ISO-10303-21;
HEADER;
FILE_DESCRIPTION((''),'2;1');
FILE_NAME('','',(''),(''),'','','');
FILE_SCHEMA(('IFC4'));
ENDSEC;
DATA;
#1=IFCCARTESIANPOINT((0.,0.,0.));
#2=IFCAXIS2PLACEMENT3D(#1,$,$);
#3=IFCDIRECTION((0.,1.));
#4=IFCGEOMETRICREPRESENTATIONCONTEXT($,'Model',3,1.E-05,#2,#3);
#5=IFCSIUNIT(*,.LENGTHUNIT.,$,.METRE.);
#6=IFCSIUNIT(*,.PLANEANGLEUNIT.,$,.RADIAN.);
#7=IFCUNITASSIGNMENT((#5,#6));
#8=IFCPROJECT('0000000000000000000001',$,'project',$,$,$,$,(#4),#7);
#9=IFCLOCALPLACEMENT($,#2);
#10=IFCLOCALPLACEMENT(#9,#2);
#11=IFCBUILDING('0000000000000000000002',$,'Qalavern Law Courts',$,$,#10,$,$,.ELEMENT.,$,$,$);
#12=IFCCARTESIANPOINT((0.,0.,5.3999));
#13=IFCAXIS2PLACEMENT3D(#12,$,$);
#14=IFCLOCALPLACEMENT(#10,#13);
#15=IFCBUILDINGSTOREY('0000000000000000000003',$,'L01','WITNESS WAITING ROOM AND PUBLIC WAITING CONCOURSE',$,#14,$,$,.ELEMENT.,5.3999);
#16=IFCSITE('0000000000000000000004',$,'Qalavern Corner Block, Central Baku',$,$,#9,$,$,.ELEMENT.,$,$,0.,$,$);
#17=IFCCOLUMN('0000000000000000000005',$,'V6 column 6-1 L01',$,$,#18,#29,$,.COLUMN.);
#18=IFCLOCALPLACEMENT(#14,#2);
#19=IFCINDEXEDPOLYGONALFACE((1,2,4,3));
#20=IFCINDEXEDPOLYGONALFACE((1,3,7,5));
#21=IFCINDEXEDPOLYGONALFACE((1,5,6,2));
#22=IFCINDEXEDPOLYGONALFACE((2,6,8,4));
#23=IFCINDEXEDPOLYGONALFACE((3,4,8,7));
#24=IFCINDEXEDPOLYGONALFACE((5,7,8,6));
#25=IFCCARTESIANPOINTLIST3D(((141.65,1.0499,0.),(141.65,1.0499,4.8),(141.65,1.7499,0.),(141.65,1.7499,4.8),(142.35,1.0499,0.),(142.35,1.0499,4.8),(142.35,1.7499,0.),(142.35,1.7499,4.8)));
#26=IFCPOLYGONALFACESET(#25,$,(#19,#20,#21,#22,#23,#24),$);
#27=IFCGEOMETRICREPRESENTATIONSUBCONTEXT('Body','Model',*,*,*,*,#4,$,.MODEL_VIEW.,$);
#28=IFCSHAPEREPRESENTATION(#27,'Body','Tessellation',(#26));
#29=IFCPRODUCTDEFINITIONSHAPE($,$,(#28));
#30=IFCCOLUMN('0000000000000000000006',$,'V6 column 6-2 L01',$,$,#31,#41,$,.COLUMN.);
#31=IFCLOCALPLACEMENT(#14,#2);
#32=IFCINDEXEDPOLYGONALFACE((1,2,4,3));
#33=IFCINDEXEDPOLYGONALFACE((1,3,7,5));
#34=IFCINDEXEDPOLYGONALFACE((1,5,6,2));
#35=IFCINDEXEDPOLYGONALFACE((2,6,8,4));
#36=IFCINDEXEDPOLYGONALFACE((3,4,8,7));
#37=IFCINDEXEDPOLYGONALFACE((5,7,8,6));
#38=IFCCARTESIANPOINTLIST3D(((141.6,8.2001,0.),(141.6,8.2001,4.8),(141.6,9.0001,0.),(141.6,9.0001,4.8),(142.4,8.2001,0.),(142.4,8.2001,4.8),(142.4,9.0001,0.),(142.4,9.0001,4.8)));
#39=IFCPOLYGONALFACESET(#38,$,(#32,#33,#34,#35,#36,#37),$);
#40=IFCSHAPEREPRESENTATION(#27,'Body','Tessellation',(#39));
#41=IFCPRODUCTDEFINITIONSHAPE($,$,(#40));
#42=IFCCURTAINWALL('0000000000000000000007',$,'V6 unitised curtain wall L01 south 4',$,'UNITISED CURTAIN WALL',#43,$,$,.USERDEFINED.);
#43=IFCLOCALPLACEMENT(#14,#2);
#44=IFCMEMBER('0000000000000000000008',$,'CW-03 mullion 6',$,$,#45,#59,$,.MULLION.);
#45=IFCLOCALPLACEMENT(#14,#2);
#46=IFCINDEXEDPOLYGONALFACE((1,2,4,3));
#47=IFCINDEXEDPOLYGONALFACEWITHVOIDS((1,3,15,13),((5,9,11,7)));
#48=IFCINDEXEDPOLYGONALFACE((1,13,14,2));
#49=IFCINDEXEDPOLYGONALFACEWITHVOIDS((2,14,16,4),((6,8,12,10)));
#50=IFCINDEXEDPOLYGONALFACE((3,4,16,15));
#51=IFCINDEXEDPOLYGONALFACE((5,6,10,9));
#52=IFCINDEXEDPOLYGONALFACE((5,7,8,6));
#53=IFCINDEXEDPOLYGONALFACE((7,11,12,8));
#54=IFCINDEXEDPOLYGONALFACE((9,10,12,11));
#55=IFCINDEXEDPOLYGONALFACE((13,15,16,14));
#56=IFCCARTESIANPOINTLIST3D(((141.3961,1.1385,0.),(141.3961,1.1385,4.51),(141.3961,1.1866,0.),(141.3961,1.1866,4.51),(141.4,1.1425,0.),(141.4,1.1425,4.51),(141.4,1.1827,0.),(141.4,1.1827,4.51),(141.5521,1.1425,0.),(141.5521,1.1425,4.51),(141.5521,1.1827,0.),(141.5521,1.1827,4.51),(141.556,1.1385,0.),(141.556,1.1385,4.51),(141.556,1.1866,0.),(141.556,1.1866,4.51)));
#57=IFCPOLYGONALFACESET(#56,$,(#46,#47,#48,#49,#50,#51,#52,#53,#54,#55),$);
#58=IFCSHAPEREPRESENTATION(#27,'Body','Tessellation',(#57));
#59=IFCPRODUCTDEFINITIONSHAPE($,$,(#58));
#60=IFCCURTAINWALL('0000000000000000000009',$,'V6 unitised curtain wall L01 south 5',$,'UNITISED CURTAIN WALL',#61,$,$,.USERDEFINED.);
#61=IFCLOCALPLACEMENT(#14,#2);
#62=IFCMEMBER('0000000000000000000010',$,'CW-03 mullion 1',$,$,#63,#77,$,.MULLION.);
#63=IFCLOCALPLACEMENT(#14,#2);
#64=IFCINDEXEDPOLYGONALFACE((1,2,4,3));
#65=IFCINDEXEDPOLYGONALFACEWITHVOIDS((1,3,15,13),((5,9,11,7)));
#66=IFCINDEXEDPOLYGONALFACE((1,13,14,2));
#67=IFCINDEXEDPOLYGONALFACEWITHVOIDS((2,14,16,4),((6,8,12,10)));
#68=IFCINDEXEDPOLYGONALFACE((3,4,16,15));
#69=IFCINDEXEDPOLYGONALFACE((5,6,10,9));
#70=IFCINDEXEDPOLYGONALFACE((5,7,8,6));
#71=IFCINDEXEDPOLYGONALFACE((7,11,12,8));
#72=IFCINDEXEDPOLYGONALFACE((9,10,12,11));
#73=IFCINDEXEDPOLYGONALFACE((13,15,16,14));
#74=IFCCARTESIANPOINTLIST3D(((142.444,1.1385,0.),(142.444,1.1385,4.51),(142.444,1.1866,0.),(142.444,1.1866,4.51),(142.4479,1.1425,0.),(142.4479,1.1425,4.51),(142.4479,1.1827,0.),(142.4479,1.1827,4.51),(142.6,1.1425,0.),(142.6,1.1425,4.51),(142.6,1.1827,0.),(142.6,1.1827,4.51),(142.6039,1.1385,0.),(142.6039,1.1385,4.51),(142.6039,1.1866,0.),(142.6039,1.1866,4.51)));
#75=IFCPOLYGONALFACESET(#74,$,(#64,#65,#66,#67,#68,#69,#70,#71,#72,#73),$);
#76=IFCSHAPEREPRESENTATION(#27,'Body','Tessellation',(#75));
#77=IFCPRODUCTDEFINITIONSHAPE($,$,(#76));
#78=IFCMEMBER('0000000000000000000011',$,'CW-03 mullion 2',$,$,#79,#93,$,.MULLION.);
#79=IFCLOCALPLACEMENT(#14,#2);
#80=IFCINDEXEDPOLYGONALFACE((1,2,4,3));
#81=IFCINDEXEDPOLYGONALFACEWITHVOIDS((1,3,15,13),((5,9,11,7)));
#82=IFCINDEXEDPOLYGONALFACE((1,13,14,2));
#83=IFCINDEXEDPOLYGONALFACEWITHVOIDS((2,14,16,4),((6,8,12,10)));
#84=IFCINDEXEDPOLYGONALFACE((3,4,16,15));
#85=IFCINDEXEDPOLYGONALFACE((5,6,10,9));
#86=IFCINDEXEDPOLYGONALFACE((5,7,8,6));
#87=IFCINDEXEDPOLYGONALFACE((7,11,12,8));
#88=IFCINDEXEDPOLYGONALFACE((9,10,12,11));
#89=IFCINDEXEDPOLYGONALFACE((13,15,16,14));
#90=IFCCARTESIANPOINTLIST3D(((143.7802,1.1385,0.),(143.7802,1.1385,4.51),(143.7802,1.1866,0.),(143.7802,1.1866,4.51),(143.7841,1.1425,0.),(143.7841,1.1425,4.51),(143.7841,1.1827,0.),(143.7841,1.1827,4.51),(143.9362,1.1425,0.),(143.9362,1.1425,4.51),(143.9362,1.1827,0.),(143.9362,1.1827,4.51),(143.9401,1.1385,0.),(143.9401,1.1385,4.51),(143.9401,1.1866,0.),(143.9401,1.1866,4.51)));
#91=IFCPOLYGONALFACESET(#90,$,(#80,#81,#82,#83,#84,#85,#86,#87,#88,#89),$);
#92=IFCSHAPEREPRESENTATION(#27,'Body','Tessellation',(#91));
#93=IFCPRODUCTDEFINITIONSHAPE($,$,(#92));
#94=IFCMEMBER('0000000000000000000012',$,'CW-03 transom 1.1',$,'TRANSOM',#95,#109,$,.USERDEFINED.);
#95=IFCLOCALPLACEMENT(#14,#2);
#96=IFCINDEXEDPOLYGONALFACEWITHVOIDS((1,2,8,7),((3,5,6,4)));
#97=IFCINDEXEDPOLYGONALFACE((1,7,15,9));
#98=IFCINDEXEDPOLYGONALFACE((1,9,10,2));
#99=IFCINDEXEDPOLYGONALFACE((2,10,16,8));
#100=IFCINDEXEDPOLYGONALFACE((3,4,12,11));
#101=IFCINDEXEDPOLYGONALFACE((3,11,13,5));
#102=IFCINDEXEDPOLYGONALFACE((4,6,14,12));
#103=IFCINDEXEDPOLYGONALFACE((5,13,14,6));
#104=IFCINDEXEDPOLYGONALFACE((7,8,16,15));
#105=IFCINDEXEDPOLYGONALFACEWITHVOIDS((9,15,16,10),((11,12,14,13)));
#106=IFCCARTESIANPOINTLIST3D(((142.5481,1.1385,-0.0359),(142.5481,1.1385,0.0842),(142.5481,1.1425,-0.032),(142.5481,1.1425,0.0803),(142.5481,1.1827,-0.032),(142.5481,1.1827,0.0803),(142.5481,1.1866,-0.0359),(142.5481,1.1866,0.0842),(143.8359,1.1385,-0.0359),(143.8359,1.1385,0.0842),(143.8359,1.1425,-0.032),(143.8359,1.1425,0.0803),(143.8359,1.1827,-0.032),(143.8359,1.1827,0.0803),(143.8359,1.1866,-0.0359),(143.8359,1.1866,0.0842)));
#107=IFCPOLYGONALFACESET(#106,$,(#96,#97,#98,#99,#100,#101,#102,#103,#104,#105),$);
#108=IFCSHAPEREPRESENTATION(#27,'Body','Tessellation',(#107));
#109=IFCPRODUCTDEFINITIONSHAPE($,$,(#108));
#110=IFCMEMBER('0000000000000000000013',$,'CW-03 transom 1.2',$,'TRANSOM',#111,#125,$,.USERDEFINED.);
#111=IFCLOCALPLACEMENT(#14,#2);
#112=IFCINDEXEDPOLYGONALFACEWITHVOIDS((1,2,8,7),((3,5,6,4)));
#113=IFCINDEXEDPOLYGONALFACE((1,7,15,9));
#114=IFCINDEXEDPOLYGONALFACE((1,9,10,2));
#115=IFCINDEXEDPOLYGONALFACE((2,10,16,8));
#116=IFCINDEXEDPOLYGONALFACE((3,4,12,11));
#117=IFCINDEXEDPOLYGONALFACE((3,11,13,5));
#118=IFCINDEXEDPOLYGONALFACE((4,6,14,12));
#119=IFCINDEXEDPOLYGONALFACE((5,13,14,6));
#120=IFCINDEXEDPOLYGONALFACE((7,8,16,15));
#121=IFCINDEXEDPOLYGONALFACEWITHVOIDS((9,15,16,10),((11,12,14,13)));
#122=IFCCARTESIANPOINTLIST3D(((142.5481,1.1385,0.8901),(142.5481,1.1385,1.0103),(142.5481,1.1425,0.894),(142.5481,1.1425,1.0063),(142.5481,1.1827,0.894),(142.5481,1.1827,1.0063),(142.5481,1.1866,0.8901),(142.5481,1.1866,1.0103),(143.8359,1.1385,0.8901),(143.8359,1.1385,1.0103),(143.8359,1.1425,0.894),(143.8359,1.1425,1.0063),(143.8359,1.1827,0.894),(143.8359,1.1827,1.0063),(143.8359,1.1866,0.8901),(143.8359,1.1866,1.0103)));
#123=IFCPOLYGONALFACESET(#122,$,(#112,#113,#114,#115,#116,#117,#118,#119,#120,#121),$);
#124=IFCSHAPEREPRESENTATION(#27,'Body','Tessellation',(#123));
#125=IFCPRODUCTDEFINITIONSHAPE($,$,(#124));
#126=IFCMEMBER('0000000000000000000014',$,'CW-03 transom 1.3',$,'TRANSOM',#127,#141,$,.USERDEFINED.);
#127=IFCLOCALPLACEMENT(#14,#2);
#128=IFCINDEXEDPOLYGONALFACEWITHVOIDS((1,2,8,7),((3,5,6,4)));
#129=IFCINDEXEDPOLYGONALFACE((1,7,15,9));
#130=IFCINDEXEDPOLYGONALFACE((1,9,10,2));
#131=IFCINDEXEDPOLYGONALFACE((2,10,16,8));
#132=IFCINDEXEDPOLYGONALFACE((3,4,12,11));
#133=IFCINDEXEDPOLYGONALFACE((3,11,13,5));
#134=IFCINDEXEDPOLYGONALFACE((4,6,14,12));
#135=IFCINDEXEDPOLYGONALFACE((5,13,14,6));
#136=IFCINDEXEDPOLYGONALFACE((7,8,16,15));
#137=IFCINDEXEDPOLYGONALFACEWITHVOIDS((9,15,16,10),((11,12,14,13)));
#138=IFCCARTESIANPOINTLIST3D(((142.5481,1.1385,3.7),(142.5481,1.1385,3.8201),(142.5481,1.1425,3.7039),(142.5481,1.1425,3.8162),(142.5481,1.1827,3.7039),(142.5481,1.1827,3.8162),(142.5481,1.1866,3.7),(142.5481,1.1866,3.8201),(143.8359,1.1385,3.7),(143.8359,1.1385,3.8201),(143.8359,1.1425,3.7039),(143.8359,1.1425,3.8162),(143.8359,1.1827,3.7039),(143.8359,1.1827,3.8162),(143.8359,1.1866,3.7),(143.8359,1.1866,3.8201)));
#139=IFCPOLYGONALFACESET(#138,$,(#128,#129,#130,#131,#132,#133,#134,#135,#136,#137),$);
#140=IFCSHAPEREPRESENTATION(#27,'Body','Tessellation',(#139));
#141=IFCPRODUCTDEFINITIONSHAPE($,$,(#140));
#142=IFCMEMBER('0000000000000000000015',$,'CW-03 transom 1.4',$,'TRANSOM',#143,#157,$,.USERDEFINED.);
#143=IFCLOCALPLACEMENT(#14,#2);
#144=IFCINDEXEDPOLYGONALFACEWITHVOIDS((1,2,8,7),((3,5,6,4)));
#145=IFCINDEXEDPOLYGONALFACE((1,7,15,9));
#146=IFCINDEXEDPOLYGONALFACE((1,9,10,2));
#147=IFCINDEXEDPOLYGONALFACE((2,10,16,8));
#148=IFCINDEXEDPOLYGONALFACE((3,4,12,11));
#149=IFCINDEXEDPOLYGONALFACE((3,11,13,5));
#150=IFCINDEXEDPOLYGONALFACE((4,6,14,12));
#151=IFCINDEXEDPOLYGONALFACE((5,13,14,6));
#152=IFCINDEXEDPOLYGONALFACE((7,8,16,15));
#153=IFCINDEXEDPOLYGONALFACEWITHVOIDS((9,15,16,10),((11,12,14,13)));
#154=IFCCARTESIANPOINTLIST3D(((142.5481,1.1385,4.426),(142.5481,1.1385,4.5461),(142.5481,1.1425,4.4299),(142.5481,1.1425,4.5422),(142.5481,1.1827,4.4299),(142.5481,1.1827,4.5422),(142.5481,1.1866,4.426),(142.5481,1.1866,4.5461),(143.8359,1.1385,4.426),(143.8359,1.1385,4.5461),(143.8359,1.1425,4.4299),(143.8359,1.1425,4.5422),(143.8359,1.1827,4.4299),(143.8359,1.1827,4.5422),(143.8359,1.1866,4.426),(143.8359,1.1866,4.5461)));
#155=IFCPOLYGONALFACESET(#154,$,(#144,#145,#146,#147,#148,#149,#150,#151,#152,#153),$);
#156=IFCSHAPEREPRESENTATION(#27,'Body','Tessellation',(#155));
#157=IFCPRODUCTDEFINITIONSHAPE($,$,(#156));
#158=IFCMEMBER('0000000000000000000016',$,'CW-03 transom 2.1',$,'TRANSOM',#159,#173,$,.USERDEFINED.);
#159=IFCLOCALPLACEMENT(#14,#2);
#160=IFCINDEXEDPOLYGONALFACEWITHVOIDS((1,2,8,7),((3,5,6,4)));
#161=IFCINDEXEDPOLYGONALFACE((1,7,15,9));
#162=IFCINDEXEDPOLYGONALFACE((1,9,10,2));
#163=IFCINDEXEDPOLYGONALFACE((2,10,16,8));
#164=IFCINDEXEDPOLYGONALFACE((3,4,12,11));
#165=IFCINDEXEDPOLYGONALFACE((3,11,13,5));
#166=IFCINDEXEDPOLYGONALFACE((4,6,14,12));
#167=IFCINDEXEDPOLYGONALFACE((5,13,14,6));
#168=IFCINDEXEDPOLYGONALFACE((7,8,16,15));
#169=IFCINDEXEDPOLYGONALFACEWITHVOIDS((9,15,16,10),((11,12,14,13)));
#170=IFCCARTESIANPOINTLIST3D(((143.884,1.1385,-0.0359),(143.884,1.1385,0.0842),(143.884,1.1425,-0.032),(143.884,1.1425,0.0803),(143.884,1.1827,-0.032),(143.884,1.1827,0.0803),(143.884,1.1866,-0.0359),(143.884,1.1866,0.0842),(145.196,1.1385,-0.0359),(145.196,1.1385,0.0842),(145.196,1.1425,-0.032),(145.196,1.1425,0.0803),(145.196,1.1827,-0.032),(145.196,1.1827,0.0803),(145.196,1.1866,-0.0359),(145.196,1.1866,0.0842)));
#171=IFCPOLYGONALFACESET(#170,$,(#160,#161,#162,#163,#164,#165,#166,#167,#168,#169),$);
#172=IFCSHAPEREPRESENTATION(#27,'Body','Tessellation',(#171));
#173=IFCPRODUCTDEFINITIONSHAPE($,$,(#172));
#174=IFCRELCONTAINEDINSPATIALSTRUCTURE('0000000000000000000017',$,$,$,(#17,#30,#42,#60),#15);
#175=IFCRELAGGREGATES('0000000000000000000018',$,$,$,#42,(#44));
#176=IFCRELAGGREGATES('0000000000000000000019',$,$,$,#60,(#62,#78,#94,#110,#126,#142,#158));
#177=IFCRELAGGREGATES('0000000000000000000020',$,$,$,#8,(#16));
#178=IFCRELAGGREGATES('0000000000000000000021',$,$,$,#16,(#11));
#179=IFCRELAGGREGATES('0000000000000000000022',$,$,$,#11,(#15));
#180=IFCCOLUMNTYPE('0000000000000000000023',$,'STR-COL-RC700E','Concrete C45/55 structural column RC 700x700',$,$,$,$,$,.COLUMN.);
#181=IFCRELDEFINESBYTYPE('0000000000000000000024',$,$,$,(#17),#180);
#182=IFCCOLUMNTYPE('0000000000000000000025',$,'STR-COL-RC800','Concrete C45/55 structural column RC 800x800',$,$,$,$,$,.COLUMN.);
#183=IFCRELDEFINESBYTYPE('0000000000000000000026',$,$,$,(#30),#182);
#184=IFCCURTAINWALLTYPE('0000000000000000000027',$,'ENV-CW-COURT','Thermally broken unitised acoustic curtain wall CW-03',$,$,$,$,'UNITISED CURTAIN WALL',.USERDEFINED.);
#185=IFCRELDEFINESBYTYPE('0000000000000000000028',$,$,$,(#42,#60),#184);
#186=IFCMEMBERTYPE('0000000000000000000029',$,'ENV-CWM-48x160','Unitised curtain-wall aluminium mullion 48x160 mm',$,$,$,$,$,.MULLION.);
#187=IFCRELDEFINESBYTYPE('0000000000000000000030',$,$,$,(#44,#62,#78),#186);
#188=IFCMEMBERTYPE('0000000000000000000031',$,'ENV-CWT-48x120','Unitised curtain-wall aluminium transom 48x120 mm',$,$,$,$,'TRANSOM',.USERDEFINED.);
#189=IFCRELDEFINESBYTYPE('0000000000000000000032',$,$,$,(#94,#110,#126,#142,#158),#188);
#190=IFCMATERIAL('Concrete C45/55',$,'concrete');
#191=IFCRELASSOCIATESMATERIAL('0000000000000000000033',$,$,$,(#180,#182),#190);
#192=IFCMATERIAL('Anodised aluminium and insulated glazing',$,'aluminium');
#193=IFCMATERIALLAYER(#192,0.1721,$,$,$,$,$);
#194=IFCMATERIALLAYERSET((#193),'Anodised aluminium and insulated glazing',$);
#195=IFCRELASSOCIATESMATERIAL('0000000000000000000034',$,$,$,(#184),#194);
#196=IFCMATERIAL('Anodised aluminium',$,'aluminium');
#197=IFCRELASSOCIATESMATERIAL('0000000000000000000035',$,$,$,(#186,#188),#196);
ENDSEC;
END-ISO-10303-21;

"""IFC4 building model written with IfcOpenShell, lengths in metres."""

from ifc_helpers import new_model, si_unit, direction, frame, origin, origin_2d, place, context, subcontext, project, spatial, rectangle, hollow_rectangle, extrude, material, layer, layer_set, material_profile, profile_set, type_object, element, aggregate, save


model = new_model("IFC4")

# Units and contexts
model_context = context("Model", 3, precision=1e-05, world=origin(), true_north=direction((0.0, 1.0)))
body_context = subcontext(model_context, "Body", "Model", "MODEL_VIEW")
ifc_project = project(units=[si_unit("LENGTHUNIT", "METRE"), si_unit("PLANEANGLEUNIT", "RADIAN")], contexts=[model_context])

# Site, building, storey
site_placement = place(None, origin())
site = spatial("IfcSite", under=ifc_project, at=site_placement, Name="Qalavern Corner Block, Central Baku", CompositionType="ELEMENT", RefElevation=0.0)
building_placement = place(site_placement, origin())
building = spatial("IfcBuilding", under=site, at=building_placement, Name="Qalavern Law Courts", CompositionType="ELEMENT")
storey_placement = place(building_placement, frame((0.0, 0.0, 5.3999)))
storey = spatial("IfcBuildingStorey", under=building, at=storey_placement, Name="L01", Description="WITNESS WAITING ROOM AND PUBLIC WAITING CONCOURSE", CompositionType="ELEMENT", Elevation=5.3999)

# Columns
ifc_material_1 = material(Name="Concrete C45/55", Category="concrete")
ifc_material_profile_1 = material_profile(ifc_material_1, rectangle(XDim=0.7, YDim=0.7, at=origin_2d()), Name="RC 700x700")
ifc_profile_set_1 = profile_set([ifc_material_profile_1], Name="Concrete C45/55")
column_type_1 = type_object("IfcColumnType", Name="STR-COL-RC700E", Description="Concrete C45/55 structural column RC 700x700", PredefinedType="COLUMN", material=ifc_profile_set_1)
column_1_placement = place(storey_placement, frame((142.0, 1.3999, 0.0), z_axis=(0.0, 0.0, 1.0), x_axis=(1.0, 0.0, 0.0)))
element("IfcColumn", 1, at=column_1_placement, inside=storey, type_object=column_type_1, Name="V6 column 6-1 L01", PredefinedType="COLUMN", context=body_context, shape_type="SweptSolid", body=[
    extrude(rectangle(XDim=0.7, YDim=0.7, at=origin_2d()), origin(), (0.0, 0.0, 1.0), 4.8),
])
ifc_material_profile_2 = material_profile(ifc_material_1, rectangle(XDim=0.8, YDim=0.8, at=origin_2d()), Name="RC 800x800")
ifc_profile_set_2 = profile_set([ifc_material_profile_2], Name="Concrete C45/55")
column_type_2 = type_object("IfcColumnType", Name="STR-COL-RC800", Description="Concrete C45/55 structural column RC 800x800", PredefinedType="COLUMN", material=ifc_profile_set_2)
column_2_placement = place(storey_placement, frame((142.0, 8.6001, 0.0), z_axis=(0.0, 0.0, 1.0), x_axis=(1.0, 0.0, 0.0)))
element("IfcColumn", 2, at=column_2_placement, inside=storey, type_object=column_type_2, Name="V6 column 6-2 L01", PredefinedType="COLUMN", context=body_context, shape_type="SweptSolid", body=[
    extrude(rectangle(XDim=0.8, YDim=0.8, at=origin_2d()), origin(), (0.0, 0.0, 1.0), 4.8),
])

# Curtain wall, member
ifc_material_2 = material(Name="Anodised aluminium and insulated glazing", Category="aluminium")
ifc_layer_1 = layer(ifc_material_2, 0.1721)
ifc_layer_set_1 = layer_set([ifc_layer_1], Name="Anodised aluminium and insulated glazing")
curtain_wall_type = type_object("IfcCurtainWallType", Name="ENV-CW-COURT", Description="Thermally broken unitised acoustic curtain wall CW-03", ElementType="UNITISED CURTAIN WALL", PredefinedType="USERDEFINED", material=ifc_layer_set_1)
curtain_wall_1_placement = place(storey_placement, origin())
curtain_wall_1 = element("IfcCurtainWall", 3, at=curtain_wall_1_placement, inside=storey, type_object=curtain_wall_type, Name="V6 unitised curtain wall L01 south 4", ObjectType="UNITISED CURTAIN WALL", PredefinedType="USERDEFINED")
ifc_material_3 = material(Name="Anodised aluminium", Category="aluminium")
ifc_material_profile_3 = material_profile(ifc_material_3, hollow_rectangle(XDim=0.0481, YDim=0.1599, WallThickness=0.0039, at=origin_2d()), Name="ALU MULLION 48x160")
ifc_profile_set_3 = profile_set([ifc_material_profile_3], Name="Anodised aluminium")
member_type_1 = type_object("IfcMemberType", Name="ENV-CWM-48x160", Description="Unitised curtain-wall aluminium mullion 48x160 mm", PredefinedType="MULLION", material=ifc_profile_set_3)
member_1_placement = place(storey_placement, frame((141.4761, 1.1626, 0.0), z_axis=(0.0, 0.0, 1.0), x_axis=(0.0, 1.0, 0.0)))
member_1 = element("IfcMember", 4, at=member_1_placement, type_object=member_type_1, Name="CW-03 mullion 6", PredefinedType="MULLION", context=body_context, shape_type="SweptSolid", body=[
    extrude(hollow_rectangle(XDim=0.0481, YDim=0.1599, WallThickness=0.0039, at=origin_2d()), origin(), (0.0, 0.0, 1.0), 4.51),
])

# Curtain wall, members
curtain_wall_2_placement = place(storey_placement, origin())
curtain_wall_2 = element("IfcCurtainWall", 5, at=curtain_wall_2_placement, inside=storey, type_object=curtain_wall_type, Name="V6 unitised curtain wall L01 south 5", ObjectType="UNITISED CURTAIN WALL", PredefinedType="USERDEFINED")
member_2_placement = place(storey_placement, frame((142.5239, 1.1626, 0.0), z_axis=(0.0, 0.0, 1.0), x_axis=(0.0, 1.0, 0.0)))
member_2 = element("IfcMember", 6, at=member_2_placement, type_object=member_type_1, Name="CW-03 mullion 1", PredefinedType="MULLION", context=body_context, shape_type="SweptSolid", body=[
    extrude(hollow_rectangle(XDim=0.0481, YDim=0.1599, WallThickness=0.0039, at=origin_2d()), origin(), (0.0, 0.0, 1.0), 4.51),
])
member_3_placement = place(storey_placement, frame((143.8601, 1.1626, 0.0), z_axis=(0.0, 0.0, 1.0), x_axis=(0.0, 1.0, 0.0)))
member_3 = element("IfcMember", 7, at=member_3_placement, type_object=member_type_1, Name="CW-03 mullion 2", PredefinedType="MULLION", context=body_context, shape_type="SweptSolid", body=[
    extrude(hollow_rectangle(XDim=0.0481, YDim=0.1599, WallThickness=0.0039, at=origin_2d()), origin(), (0.0, 0.0, 1.0), 4.51),
])
ifc_material_profile_4 = material_profile(ifc_material_3, hollow_rectangle(XDim=0.0481, YDim=0.1201, WallThickness=0.0039, at=origin_2d()), Name="ALU TRANSOM 48x120")
ifc_profile_set_4 = profile_set([ifc_material_profile_4], Name="Anodised aluminium")
member_type_2 = type_object("IfcMemberType", Name="ENV-CWT-48x120", Description="Unitised curtain-wall aluminium transom 48x120 mm", ElementType="TRANSOM", PredefinedType="USERDEFINED", material=ifc_profile_set_4)
member_4_placement = place(storey_placement, frame((142.5481, 1.1626, 0.0242), z_axis=(1.0, 0.0, 0.0), x_axis=(0.0, 1.0, 0.0)))
member_4 = element("IfcMember", 8, at=member_4_placement, type_object=member_type_2, Name="CW-03 transom 1.1", ObjectType="TRANSOM", PredefinedType="USERDEFINED", context=body_context, shape_type="SweptSolid", body=[
    extrude(hollow_rectangle(XDim=0.0481, YDim=0.1201, WallThickness=0.0039, at=origin_2d()), origin(), (0.0, 0.0, 1.0), 1.2878),
])
member_5_placement = place(storey_placement, frame((142.5481, 1.1626, 0.9502), z_axis=(1.0, 0.0, 0.0), x_axis=(0.0, 1.0, 0.0)))
member_5 = element("IfcMember", 9, at=member_5_placement, type_object=member_type_2, Name="CW-03 transom 1.2", ObjectType="TRANSOM", PredefinedType="USERDEFINED", context=body_context, shape_type="SweptSolid", body=[
    extrude(hollow_rectangle(XDim=0.0481, YDim=0.1201, WallThickness=0.0039, at=origin_2d()), origin(), (0.0, 0.0, 1.0), 1.2878),
])
member_6_placement = place(storey_placement, frame((142.5481, 1.1626, 3.76), z_axis=(1.0, 0.0, 0.0), x_axis=(0.0, 1.0, 0.0)))
member_6 = element("IfcMember", 10, at=member_6_placement, type_object=member_type_2, Name="CW-03 transom 1.3", ObjectType="TRANSOM", PredefinedType="USERDEFINED", context=body_context, shape_type="SweptSolid", body=[
    extrude(hollow_rectangle(XDim=0.0481, YDim=0.1201, WallThickness=0.0039, at=origin_2d()), origin(), (0.0, 0.0, 1.0), 1.2878),
])
member_7_placement = place(storey_placement, frame((142.5481, 1.1626, 4.4861), z_axis=(1.0, 0.0, 0.0), x_axis=(0.0, 1.0, 0.0)))
member_7 = element("IfcMember", 11, at=member_7_placement, type_object=member_type_2, Name="CW-03 transom 1.4", ObjectType="TRANSOM", PredefinedType="USERDEFINED", context=body_context, shape_type="SweptSolid", body=[
    extrude(hollow_rectangle(XDim=0.0481, YDim=0.1201, WallThickness=0.0039, at=origin_2d()), origin(), (0.0, 0.0, 1.0), 1.2878),
])
member_8_placement = place(storey_placement, frame((143.884, 1.1626, 0.0242), z_axis=(1.0, 0.0, 0.0), x_axis=(0.0, 1.0, 0.0)))
member_8 = element("IfcMember", 12, at=member_8_placement, type_object=member_type_2, Name="CW-03 transom 2.1", ObjectType="TRANSOM", PredefinedType="USERDEFINED", context=body_context, shape_type="SweptSolid", body=[
    extrude(hollow_rectangle(XDim=0.0481, YDim=0.1201, WallThickness=0.0039, at=origin_2d()), origin(), (0.0, 0.0, 1.0), 1.312),
])

aggregate(curtain_wall_1, [member_1])
aggregate(curtain_wall_2, [member_2, member_3, member_4, member_5, member_6, member_7, member_8])

save(model, "model.ifc")
